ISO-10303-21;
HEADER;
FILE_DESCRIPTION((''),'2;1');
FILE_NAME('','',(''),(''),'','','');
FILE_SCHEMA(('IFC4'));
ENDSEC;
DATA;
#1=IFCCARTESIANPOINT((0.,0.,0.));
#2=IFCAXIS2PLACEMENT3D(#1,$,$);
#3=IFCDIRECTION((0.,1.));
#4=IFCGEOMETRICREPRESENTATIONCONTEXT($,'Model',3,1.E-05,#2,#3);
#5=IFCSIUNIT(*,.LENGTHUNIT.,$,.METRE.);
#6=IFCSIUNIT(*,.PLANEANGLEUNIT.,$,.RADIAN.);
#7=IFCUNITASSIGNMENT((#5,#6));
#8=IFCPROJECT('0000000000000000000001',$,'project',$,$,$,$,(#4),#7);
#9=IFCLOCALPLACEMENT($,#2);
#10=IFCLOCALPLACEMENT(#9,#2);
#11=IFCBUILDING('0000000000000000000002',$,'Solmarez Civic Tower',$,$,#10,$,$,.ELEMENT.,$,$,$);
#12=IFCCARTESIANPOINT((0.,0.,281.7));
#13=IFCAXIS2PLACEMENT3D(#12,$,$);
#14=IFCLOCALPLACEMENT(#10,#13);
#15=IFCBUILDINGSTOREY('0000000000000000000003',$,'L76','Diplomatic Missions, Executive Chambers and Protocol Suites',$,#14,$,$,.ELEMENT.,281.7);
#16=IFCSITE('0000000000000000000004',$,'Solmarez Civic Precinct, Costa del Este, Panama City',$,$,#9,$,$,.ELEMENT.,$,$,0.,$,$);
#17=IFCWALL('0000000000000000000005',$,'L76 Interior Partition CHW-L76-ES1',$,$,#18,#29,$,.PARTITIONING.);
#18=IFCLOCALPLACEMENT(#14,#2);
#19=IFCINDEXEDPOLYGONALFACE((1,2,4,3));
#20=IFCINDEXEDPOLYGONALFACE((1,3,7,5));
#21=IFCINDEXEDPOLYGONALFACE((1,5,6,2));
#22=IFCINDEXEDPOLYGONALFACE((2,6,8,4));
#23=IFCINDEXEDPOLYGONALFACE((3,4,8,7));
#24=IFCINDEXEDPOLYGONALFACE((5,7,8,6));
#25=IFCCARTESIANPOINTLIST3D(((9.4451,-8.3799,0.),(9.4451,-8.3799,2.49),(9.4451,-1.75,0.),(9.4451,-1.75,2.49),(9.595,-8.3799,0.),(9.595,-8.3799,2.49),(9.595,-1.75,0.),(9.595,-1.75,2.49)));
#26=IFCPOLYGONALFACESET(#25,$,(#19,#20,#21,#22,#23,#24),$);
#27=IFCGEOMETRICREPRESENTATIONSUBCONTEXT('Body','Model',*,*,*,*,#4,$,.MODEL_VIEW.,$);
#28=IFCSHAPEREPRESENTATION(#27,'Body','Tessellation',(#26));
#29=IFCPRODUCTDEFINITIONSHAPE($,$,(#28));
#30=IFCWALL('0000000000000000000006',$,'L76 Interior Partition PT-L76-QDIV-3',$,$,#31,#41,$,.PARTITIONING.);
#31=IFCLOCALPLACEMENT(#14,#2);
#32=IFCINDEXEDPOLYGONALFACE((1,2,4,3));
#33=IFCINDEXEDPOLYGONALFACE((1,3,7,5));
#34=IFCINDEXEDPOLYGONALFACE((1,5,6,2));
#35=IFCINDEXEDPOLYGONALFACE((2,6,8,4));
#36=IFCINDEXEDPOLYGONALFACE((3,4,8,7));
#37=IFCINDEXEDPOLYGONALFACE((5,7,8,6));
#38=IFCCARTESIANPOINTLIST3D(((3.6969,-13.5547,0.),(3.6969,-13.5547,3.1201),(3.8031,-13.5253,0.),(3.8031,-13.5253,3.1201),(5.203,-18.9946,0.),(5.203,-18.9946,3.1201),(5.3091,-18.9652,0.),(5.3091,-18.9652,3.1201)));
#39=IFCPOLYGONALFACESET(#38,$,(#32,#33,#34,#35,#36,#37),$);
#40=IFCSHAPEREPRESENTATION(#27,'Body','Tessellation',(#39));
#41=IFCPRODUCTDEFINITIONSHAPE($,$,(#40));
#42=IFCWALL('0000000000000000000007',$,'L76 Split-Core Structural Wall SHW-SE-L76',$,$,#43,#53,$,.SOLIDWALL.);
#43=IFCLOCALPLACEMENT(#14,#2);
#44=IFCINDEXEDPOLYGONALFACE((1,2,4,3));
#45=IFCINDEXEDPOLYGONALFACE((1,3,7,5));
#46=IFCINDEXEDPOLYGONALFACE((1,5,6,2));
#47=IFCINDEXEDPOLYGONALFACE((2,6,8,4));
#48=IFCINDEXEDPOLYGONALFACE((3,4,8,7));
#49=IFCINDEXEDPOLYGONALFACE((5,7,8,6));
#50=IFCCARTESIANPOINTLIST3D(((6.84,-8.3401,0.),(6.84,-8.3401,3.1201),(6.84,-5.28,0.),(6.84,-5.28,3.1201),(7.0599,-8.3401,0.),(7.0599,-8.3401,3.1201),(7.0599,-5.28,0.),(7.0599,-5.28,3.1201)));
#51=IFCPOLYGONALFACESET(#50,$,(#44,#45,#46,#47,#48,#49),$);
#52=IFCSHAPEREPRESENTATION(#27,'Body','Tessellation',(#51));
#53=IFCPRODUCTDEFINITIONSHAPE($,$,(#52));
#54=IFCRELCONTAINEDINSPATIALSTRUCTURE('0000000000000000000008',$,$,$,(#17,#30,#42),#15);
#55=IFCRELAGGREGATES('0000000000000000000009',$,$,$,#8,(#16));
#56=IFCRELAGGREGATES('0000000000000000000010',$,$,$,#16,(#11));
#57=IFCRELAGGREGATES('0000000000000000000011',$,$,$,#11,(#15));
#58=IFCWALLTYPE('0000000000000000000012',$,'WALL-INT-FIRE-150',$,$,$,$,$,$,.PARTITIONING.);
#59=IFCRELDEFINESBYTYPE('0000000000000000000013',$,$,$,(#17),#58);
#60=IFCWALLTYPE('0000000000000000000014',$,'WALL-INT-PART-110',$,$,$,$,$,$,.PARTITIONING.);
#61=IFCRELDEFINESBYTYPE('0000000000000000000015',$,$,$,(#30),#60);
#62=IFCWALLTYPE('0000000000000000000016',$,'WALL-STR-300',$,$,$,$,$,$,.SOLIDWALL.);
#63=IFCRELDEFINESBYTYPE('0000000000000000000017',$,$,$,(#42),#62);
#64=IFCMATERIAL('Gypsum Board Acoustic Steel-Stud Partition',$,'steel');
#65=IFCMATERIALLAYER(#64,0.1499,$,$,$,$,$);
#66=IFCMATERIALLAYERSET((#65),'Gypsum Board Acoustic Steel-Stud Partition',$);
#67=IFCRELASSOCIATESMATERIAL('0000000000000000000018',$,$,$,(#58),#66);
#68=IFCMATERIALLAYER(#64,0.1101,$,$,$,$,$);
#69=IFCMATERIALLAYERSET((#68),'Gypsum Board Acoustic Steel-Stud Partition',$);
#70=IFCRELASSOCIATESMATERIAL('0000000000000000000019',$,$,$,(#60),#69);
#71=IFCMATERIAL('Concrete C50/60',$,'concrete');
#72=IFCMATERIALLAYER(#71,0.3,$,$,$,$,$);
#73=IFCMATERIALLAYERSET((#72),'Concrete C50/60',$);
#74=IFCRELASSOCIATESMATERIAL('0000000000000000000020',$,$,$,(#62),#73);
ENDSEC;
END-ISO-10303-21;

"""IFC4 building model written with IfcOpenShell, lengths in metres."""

from ifc_helpers import new_model, si_unit, direction, frame, frame_2d, origin, place, context, subcontext, project, spatial, rectangle, extrude, material, layer, layer_set, type_object, element, save


model = new_model("IFC4")

# Units and contexts
model_context = context("Model", 3, precision=1e-05, world=origin(), true_north=direction((0.0, 1.0)))
body_context = subcontext(model_context, "Body", "Model", "MODEL_VIEW")
ifc_project = project(units=[si_unit("LENGTHUNIT", "METRE"), si_unit("PLANEANGLEUNIT", "RADIAN")], contexts=[model_context])

# Site, building, storey
site_placement = place(None, origin())
site = spatial("IfcSite", under=ifc_project, at=site_placement, Name="Solmarez Civic Precinct, Costa del Este, Panama City", CompositionType="ELEMENT", RefElevation=0.0)
building_placement = place(site_placement, origin())
building = spatial("IfcBuilding", under=site, at=building_placement, Name="Solmarez Civic Tower", CompositionType="ELEMENT")
storey_placement = place(building_placement, frame((0.0, 0.0, 281.7)))
storey = spatial("IfcBuildingStorey", under=building, at=storey_placement, Name="L76", Description="Diplomatic Missions, Executive Chambers and Protocol Suites", CompositionType="ELEMENT", Elevation=281.7)

# Shared definitions
ifc_material_1 = material(Name="Concrete C50/60", Category="concrete")

# Walls
ifc_material_2 = material(Name="Gypsum Board Acoustic Steel-Stud Partition", Category="steel")
ifc_layer_1 = layer(ifc_material_2, 0.1499)
ifc_layer_set_1 = layer_set([ifc_layer_1], Name="Gypsum Board Acoustic Steel-Stud Partition")
wall_type_1 = type_object("IfcWallType", Name="WALL-INT-FIRE-150", PredefinedType="PARTITIONING", material=ifc_layer_set_1)
wall_1_placement = place(storey_placement, frame((9.52, -8.3799, 0.0), z_axis=(0.0, 0.0, 1.0), x_axis=(0.0, 1.0, 0.0)))
element("IfcWall", 1, at=wall_1_placement, inside=storey, type_object=wall_type_1, Name="L76 Interior Partition CHW-L76-ES1", PredefinedType="PARTITIONING", context=body_context, shape_type="SweptSolid", body=[
    extrude(rectangle(XDim=6.6299, YDim=0.1499, at=frame_2d((3.3149, 0.0))), origin(), (0.0, 0.0, 1.0), 2.49),
])
ifc_layer_2 = layer(ifc_material_2, 0.1101)
ifc_layer_set_2 = layer_set([ifc_layer_2], Name="Gypsum Board Acoustic Steel-Stud Partition")
wall_type_2 = type_object("IfcWallType", Name="WALL-INT-PART-110", PredefinedType="PARTITIONING", material=ifc_layer_set_2)
wall_2_placement = place(storey_placement, frame((3.75, -13.54, 0.0), z_axis=(0.0, 0.0, 1.0), x_axis=(0.266823, -0.963746, 0.0)))
element("IfcWall", 2, at=wall_2_placement, inside=storey, type_object=wall_type_2, Name="L76 Interior Partition PT-L76-QDIV-3", PredefinedType="PARTITIONING", context=body_context, shape_type="SweptSolid", body=[
    extrude(rectangle(XDim=5.6445, YDim=0.1101, at=frame_2d((2.8223, 0.0))), origin(), (0.0, 0.0, 1.0), 3.1201),
])
ifc_layer_3 = layer(ifc_material_1, 0.3)
ifc_layer_set_3 = layer_set([ifc_layer_3], Name="Concrete C50/60")
wall_type_3 = type_object("IfcWallType", Name="WALL-STR-300", PredefinedType="SOLIDWALL", material=ifc_layer_set_3)
wall_3_placement = place(storey_placement, frame((6.95, -8.3401, 0.0), z_axis=(0.0, 0.0, 1.0), x_axis=(0.0, 1.0, 0.0)))
element("IfcWall", 3, at=wall_3_placement, inside=storey, type_object=wall_type_3, Name="L76 Split-Core Structural Wall SHW-SE-L76", PredefinedType="SOLIDWALL", context=body_context, shape_type="SweptSolid", body=[
    extrude(rectangle(XDim=3.0601, YDim=0.22, at=frame_2d((1.53, 0.0))), origin(), (0.0, 0.0, 1.0), 3.1201),
])

save(model, "model.ifc")
